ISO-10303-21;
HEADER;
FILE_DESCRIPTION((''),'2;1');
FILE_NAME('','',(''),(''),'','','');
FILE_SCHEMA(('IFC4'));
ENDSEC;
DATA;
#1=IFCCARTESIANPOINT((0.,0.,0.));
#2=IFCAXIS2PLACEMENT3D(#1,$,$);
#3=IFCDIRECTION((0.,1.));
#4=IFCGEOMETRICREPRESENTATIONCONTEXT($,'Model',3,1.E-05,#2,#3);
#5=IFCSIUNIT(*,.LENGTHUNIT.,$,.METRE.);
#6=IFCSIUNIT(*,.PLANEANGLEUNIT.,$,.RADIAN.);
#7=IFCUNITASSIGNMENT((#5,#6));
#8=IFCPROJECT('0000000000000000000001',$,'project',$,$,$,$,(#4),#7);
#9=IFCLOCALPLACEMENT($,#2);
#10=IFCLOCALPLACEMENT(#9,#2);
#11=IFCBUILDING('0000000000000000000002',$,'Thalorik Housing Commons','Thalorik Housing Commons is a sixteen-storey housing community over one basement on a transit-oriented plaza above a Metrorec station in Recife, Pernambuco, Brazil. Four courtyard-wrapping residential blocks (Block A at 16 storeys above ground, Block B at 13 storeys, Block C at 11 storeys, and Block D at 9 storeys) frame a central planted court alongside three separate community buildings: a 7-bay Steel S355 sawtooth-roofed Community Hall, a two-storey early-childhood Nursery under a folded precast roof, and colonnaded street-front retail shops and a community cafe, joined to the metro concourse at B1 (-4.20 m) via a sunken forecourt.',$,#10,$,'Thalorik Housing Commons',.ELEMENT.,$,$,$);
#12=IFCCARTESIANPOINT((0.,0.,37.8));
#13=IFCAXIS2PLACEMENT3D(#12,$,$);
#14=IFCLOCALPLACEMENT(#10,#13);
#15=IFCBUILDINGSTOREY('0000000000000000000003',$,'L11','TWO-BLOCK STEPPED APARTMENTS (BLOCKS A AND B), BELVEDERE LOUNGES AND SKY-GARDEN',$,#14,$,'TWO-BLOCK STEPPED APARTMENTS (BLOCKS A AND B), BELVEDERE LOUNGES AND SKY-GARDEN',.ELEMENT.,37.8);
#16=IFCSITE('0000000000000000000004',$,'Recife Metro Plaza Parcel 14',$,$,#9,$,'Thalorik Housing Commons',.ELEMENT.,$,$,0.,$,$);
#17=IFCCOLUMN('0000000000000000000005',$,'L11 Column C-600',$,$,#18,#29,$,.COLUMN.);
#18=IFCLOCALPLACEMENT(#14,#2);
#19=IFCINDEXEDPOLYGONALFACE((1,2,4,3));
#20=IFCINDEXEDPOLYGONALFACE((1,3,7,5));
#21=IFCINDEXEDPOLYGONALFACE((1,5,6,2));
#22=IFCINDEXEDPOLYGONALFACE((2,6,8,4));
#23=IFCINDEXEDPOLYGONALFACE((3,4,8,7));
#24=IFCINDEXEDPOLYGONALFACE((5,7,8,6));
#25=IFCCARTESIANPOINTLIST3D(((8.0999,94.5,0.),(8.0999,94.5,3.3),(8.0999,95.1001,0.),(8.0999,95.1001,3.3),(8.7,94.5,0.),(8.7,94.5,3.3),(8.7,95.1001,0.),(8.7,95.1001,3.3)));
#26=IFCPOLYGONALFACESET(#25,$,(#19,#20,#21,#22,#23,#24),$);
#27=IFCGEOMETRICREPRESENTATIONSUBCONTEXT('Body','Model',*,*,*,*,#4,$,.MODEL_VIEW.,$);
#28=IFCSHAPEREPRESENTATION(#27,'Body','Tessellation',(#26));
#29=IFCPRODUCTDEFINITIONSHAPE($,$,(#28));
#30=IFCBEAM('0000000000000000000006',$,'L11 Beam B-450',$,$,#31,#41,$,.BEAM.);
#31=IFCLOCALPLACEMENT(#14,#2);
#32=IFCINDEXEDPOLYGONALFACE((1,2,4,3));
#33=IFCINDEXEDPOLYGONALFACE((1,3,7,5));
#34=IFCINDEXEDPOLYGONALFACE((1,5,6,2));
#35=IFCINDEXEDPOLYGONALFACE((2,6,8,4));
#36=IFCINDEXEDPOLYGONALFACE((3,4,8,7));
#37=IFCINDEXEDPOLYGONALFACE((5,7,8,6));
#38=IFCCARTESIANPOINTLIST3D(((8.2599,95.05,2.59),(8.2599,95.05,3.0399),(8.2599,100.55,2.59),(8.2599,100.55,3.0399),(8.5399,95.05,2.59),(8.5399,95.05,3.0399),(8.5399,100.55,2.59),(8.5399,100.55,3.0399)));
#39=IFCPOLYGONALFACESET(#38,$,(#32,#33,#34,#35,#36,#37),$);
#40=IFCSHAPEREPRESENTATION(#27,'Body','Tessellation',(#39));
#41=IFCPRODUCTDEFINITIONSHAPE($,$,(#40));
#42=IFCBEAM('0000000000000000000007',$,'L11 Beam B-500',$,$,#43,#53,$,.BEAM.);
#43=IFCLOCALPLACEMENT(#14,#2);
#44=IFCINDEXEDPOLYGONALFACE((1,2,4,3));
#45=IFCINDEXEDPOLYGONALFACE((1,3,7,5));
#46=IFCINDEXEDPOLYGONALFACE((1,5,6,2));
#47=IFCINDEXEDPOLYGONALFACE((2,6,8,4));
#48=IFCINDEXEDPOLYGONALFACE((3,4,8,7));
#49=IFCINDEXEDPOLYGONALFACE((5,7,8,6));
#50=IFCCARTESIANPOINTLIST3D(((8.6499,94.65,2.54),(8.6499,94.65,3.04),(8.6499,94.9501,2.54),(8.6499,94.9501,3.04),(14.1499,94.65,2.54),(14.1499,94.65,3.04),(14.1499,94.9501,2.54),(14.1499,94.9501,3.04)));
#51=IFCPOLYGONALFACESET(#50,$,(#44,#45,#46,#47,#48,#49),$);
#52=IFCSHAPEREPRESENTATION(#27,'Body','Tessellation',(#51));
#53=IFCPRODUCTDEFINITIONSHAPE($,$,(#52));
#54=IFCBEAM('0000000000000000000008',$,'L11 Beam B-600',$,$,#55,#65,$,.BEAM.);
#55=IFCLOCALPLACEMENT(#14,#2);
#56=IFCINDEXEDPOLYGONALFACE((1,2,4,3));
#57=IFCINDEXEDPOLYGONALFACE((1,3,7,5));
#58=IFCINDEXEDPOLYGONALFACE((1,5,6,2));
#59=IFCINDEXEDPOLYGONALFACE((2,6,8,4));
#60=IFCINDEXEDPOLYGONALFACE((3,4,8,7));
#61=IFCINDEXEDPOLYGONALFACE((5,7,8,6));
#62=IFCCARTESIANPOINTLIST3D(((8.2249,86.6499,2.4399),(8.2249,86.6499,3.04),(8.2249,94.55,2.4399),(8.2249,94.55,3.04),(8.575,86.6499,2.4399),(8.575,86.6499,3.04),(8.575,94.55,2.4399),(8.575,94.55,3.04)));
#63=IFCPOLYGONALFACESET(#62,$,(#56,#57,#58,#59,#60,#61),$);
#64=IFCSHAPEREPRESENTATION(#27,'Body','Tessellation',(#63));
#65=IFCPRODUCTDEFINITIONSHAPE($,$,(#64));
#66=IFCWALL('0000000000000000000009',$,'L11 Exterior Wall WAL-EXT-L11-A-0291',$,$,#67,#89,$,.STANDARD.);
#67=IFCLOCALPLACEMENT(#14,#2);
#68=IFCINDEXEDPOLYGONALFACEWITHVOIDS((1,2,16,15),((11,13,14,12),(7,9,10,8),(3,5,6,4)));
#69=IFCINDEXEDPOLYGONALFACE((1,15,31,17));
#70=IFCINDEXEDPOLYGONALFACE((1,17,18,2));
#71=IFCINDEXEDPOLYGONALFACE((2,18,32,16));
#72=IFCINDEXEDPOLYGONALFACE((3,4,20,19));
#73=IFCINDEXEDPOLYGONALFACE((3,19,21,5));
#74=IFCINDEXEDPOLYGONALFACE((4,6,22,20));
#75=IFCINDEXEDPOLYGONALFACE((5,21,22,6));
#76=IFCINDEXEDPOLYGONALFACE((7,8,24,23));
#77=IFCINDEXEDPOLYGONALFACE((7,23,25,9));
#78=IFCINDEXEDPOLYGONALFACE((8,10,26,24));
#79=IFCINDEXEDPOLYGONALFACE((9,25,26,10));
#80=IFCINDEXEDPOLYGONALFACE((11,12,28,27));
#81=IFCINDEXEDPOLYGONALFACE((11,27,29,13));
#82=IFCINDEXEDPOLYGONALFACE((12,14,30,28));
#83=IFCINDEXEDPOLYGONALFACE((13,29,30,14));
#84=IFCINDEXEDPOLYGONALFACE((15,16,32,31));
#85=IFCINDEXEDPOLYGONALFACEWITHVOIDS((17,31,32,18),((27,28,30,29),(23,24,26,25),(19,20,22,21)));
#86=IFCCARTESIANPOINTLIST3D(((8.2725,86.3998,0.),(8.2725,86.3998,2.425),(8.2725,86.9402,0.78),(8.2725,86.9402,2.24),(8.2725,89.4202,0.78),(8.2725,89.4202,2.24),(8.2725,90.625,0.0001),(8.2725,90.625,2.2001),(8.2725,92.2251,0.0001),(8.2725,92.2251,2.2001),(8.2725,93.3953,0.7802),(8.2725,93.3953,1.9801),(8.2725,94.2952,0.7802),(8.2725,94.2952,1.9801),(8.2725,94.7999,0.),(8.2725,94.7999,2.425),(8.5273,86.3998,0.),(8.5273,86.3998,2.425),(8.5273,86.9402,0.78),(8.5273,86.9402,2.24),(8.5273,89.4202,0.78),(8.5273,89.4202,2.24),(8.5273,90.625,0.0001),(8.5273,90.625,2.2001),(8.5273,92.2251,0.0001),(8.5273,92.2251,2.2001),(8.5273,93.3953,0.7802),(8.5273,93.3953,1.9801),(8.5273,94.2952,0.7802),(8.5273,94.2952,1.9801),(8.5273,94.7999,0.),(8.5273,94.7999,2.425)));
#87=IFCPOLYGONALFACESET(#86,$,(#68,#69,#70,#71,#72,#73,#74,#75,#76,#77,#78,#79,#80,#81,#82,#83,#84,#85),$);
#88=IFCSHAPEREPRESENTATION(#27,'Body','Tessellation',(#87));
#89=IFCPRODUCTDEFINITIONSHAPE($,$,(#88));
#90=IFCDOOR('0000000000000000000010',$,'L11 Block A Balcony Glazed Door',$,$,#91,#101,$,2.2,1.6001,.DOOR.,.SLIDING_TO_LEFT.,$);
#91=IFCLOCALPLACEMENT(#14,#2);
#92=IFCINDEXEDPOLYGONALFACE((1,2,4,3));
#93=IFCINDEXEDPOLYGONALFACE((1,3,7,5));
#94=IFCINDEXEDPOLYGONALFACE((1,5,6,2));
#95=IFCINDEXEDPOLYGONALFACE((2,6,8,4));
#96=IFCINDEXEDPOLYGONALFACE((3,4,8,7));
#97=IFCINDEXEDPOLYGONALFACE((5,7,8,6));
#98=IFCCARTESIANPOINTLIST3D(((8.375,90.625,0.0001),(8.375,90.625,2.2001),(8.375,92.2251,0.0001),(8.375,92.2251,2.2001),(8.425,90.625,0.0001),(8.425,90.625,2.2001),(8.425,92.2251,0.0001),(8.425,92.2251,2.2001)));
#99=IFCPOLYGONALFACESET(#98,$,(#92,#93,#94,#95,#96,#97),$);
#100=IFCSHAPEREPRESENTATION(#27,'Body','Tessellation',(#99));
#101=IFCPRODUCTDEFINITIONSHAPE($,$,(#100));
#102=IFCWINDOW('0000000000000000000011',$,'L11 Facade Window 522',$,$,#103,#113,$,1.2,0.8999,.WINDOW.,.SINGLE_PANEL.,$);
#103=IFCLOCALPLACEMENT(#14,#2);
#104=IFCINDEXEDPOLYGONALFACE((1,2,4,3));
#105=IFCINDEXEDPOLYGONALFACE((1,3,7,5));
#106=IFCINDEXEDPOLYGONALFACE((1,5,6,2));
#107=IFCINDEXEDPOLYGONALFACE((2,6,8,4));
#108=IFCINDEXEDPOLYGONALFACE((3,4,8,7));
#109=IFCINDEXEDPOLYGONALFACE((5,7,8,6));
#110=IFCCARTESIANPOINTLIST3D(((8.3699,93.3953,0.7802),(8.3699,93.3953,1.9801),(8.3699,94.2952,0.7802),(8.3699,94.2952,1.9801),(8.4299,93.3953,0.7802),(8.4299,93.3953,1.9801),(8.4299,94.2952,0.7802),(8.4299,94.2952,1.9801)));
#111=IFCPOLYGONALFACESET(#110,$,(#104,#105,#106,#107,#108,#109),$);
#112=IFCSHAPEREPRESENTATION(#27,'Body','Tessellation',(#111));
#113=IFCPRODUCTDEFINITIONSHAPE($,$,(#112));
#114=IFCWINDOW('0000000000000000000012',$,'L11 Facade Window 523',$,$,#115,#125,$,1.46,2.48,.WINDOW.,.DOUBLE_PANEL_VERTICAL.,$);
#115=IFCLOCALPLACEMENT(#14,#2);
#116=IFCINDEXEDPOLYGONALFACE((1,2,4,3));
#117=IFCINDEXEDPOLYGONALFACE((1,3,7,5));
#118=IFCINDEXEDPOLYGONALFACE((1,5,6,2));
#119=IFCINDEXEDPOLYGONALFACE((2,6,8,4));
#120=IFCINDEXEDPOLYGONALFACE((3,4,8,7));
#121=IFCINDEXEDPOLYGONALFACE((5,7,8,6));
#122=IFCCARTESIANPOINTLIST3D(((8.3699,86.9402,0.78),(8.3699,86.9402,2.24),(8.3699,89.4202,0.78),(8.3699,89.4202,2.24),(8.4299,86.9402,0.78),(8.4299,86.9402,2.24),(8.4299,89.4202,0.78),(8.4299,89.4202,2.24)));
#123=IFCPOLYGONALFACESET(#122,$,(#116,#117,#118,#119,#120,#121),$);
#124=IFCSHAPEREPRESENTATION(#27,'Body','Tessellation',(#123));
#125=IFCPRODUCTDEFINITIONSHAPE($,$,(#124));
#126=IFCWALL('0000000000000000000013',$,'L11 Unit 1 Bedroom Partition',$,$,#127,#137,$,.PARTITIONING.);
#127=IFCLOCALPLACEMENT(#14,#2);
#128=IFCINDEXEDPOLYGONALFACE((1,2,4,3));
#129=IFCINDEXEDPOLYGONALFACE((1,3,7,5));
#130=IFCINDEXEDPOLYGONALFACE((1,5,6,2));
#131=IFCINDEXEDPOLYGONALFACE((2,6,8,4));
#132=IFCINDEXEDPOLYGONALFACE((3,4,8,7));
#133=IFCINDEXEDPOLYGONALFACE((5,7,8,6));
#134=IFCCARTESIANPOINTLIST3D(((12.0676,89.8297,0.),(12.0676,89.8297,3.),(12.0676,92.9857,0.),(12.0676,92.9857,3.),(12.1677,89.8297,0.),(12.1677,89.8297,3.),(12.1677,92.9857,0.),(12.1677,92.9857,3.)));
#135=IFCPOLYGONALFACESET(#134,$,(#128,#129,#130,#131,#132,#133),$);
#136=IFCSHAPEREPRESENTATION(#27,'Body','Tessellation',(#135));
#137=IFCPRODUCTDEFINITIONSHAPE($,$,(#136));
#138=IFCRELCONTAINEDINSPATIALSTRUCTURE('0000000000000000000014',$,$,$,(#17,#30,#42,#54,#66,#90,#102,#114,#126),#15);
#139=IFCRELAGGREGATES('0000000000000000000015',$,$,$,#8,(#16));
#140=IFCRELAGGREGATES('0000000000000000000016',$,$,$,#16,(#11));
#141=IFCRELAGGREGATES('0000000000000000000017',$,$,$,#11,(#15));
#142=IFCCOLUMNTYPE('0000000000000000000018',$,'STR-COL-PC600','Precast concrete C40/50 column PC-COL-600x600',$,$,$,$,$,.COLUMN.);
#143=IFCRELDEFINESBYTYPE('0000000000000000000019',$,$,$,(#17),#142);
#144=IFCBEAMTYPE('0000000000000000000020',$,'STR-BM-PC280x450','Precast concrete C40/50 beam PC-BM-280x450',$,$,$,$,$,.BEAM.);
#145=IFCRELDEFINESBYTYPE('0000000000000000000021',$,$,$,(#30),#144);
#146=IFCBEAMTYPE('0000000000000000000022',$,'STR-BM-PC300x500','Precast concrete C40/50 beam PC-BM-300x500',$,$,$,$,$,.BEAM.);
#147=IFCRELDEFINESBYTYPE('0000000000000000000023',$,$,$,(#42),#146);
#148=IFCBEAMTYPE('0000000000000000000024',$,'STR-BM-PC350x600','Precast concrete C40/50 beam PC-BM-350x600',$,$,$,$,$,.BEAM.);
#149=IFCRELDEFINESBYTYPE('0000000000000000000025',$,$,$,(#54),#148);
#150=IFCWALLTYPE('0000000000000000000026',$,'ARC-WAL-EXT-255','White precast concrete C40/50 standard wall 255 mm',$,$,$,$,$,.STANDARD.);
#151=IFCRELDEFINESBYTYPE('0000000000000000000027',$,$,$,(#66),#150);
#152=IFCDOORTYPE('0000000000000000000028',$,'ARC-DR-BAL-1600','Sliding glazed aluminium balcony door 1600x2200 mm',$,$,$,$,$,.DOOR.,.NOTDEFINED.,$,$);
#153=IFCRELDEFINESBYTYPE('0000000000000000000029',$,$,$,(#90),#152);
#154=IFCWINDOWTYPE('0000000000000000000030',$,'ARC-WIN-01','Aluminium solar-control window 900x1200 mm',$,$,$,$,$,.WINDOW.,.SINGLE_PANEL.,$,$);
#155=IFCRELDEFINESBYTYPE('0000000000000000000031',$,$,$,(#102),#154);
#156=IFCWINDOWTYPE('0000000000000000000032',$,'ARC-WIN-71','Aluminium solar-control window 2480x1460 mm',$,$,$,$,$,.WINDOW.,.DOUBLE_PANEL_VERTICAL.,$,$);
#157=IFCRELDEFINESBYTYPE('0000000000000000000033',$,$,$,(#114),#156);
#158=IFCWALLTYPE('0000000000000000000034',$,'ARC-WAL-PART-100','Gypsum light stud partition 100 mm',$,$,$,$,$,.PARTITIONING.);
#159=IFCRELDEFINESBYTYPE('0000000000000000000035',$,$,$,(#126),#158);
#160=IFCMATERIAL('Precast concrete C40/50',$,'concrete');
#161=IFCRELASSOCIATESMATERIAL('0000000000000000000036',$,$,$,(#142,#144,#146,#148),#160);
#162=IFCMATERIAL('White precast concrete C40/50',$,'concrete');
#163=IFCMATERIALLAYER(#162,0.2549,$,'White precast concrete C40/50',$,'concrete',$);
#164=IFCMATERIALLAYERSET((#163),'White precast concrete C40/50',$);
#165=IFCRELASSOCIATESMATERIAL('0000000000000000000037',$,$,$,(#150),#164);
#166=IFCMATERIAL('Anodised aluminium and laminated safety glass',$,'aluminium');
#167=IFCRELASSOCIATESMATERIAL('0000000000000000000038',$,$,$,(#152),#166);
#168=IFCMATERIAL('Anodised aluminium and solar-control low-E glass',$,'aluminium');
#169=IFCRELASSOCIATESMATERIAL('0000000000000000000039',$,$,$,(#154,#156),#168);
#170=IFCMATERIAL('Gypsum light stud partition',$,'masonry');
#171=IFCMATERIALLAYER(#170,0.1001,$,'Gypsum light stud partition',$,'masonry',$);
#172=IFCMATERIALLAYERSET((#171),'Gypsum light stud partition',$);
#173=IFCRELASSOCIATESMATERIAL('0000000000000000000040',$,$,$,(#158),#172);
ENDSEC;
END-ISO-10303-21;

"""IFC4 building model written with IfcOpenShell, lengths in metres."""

from ifc_helpers import new_model, si_unit, direction, frame, frame_2d, origin, origin_2d, place, context, subcontext, project, spatial, rectangle, extrude, material, layer, layer_set, material_profile, profile_set, type_object, element, fill, save


model = new_model("IFC4")

# Units and contexts
model_context = context("Model", 3, precision=1e-05, world=origin(), true_north=direction((0.0, 1.0)))
body_context = subcontext(model_context, "Body", "Model", "MODEL_VIEW")
ifc_project = project(units=[si_unit("LENGTHUNIT", "METRE"), si_unit("PLANEANGLEUNIT", "RADIAN")], contexts=[model_context])

# Site, building, storey
site_placement = place(None, origin())
site = spatial("IfcSite", under=ifc_project, at=site_placement, Name="Recife Metro Plaza Parcel 14", LongName="Thalorik Housing Commons", CompositionType="ELEMENT", RefElevation=0.0)
building_placement = place(site_placement, origin())
building = spatial("IfcBuilding", under=site, at=building_placement, Name="Thalorik Housing Commons", Description="Thalorik Housing Commons is a sixteen-storey housing community over one basement on a transit-oriented plaza above a Metrorec station in Recife, Pernambuco, Brazil. Four courtyard-wrapping residential blocks (Block A at 16 storeys above ground, Block B at 13 storeys, Block C at 11 storeys, and Block D at 9 storeys) frame a central planted court alongside three separate community buildings: a 7-bay Steel S355 sawtooth-roofed Community Hall, a two-storey early-childhood Nursery under a folded precast roof, and colonnaded street-front retail shops and a community cafe, joined to the metro concourse at B1 (-4.20 m) via a sunken forecourt.", LongName="Thalorik Housing Commons", CompositionType="ELEMENT")
storey_placement = place(building_placement, frame((0.0, 0.0, 37.8)))
storey = spatial("IfcBuildingStorey", under=building, at=storey_placement, Name="L11", Description="TWO-BLOCK STEPPED APARTMENTS (BLOCKS A AND B), BELVEDERE LOUNGES AND SKY-GARDEN", LongName="TWO-BLOCK STEPPED APARTMENTS (BLOCKS A AND B), BELVEDERE LOUNGES AND SKY-GARDEN", CompositionType="ELEMENT", Elevation=37.8)

# Column
ifc_material_1 = material(Name="Precast concrete C40/50", Category="concrete")
ifc_material_profile_1 = material_profile(ifc_material_1, rectangle(XDim=0.6001, YDim=0.6001, at=origin_2d()), Name="PC 600x600", Category="concrete")
ifc_profile_set_1 = profile_set([ifc_material_profile_1], Name="Precast concrete C40/50")
column_type = type_object("IfcColumnType", Name="STR-COL-PC600", Description="Precast concrete C40/50 column PC-COL-600x600", PredefinedType="COLUMN", material=ifc_profile_set_1)
column_placement = place(storey_placement, frame((8.3999, 94.8, 0.0), z_axis=(0.0, 0.0, 1.0), x_axis=(1.0, 0.0, 0.0)))
element("IfcColumn", 1, at=column_placement, inside=storey, type_object=column_type, Name="L11 Column C-600", PredefinedType="COLUMN", context=body_context, shape_type="SweptSolid", body=[
    extrude(rectangle(XDim=0.6001, YDim=0.6001, at=origin_2d()), origin(), (0.0, 0.0, 1.0), 3.3),
])

# Beams
ifc_material_profile_2 = material_profile(ifc_material_1, rectangle(XDim=0.28, YDim=0.45, at=origin_2d()), Name="PC 280x450", Category="concrete")
ifc_profile_set_2 = profile_set([ifc_material_profile_2], Name="Precast concrete C40/50")
beam_type_1 = type_object("IfcBeamType", Name="STR-BM-PC280x450", Description="Precast concrete C40/50 beam PC-BM-280x450", PredefinedType="BEAM", material=ifc_profile_set_2)
beam_1_placement = place(storey_placement, frame((8.3999, 95.05, 2.8149), z_axis=(0.0, 1.0, 0.0), x_axis=(-1.0, 0.0, 0.0)))
element("IfcBeam", 2, at=beam_1_placement, inside=storey, type_object=beam_type_1, Name="L11 Beam B-450", PredefinedType="BEAM", context=body_context, shape_type="SweptSolid", body=[
    extrude(rectangle(XDim=0.28, YDim=0.45, at=origin_2d()), origin(), (0.0, 0.0, 1.0), 5.5),
])
ifc_material_profile_3 = material_profile(ifc_material_1, rectangle(XDim=0.3, YDim=0.5, at=origin_2d()), Name="PC 300x500", Category="concrete")
ifc_profile_set_3 = profile_set([ifc_material_profile_3], Name="Precast concrete C40/50")
beam_type_2 = type_object("IfcBeamType", Name="STR-BM-PC300x500", Description="Precast concrete C40/50 beam PC-BM-300x500", PredefinedType="BEAM", material=ifc_profile_set_3)
beam_2_placement = place(storey_placement, frame((8.6499, 94.8, 2.79), z_axis=(1.0, 0.0, 0.0), x_axis=(0.0, 1.0, 0.0)))
element("IfcBeam", 3, at=beam_2_placement, inside=storey, type_object=beam_type_2, Name="L11 Beam B-500", PredefinedType="BEAM", context=body_context, shape_type="SweptSolid", body=[
    extrude(rectangle(XDim=0.3, YDim=0.5, at=origin_2d()), origin(), (0.0, 0.0, 1.0), 5.5),
])
ifc_material_profile_4 = material_profile(ifc_material_1, rectangle(XDim=0.3501, YDim=0.6001, at=origin_2d()), Name="PC 350x600", Category="concrete")
ifc_profile_set_4 = profile_set([ifc_material_profile_4], Name="Precast concrete C40/50")
beam_type_3 = type_object("IfcBeamType", Name="STR-BM-PC350x600", Description="Precast concrete C40/50 beam PC-BM-350x600", PredefinedType="BEAM", material=ifc_profile_set_4)
beam_3_placement = place(storey_placement, frame((8.3999, 86.6499, 2.74), z_axis=(0.0, 1.0, 0.0), x_axis=(-1.0, 0.0, 0.0)))
element("IfcBeam", 4, at=beam_3_placement, inside=storey, type_object=beam_type_3, Name="L11 Beam B-600", PredefinedType="BEAM", context=body_context, shape_type="SweptSolid", body=[
    extrude(rectangle(XDim=0.3501, YDim=0.6001, at=origin_2d()), origin(), (0.0, 0.0, 1.0), 7.9001),
])

# Wall, openings, door, windows
ifc_material_2 = material(Name="White precast concrete C40/50", Category="concrete")
ifc_layer_1 = layer(ifc_material_2, 0.2549, Name="White precast concrete C40/50", Category="concrete")
ifc_layer_set_1 = layer_set([ifc_layer_1], Name="White precast concrete C40/50")
wall_type_1 = type_object("IfcWallType", Name="ARC-WAL-EXT-255", Description="White precast concrete C40/50 standard wall 255 mm", PredefinedType="STANDARD", material=ifc_layer_set_1)
wall_1_placement = place(storey_placement, frame((8.3999, 94.8, 0.0), z_axis=(0.0, 0.0, 1.0), x_axis=(0.0, -1.0, 0.0)))
wall_1 = element("IfcWall", 5, at=wall_1_placement, inside=storey, type_object=wall_type_1, Name="L11 Exterior Wall WAL-EXT-L11-A-0291", PredefinedType="STANDARD", context=body_context, shape_type="SweptSolid", body=[
    extrude(rectangle(XDim=8.4001, YDim=0.2549, at=frame_2d((4.2002, 0.0))), origin(), (0.0, 0.0, 1.0), 2.425),
])
opening_1_placement = place(wall_1_placement, frame((2.575, 0.0, 0.0)))
opening_1 = element("IfcOpeningElement", 6, at=opening_1_placement, cuts=wall_1, PredefinedType="OPENING", context=body_context, shape_type="SweptSolid", body=[
    extrude(rectangle(XDim=1.6001, YDim=2.2, at=frame_2d((0.8, 1.1001))), frame((0.0, 0.1375, 0.0), z_axis=(0.0, -1.0, 0.0), x_axis=(1.0, 0.0, 0.0)), (0.0, 0.0, 1.0), 0.2749),
])
opening_2_placement = place(wall_1_placement, frame((0.5049, 0.0, 0.78)))
opening_2 = element("IfcOpeningElement", 7, at=opening_2_placement, cuts=wall_1, PredefinedType="OPENING", context=body_context, shape_type="SweptSolid", body=[
    extrude(rectangle(XDim=0.8999, YDim=1.2, at=frame_2d((0.45, 0.6001))), frame((0.0, 0.1375, 0.0), z_axis=(0.0, -1.0, 0.0), x_axis=(1.0, 0.0, 0.0)), (0.0, 0.0, 1.0), 0.2749),
])
opening_3_placement = place(wall_1_placement, frame((5.3799, 0.0, 0.78)))
opening_3 = element("IfcOpeningElement", 8, at=opening_3_placement, cuts=wall_1, PredefinedType="OPENING", context=body_context, shape_type="SweptSolid", body=[
    extrude(rectangle(XDim=2.48, YDim=1.46, at=frame_2d((1.24, 0.73))), frame((0.0, 0.1375, 0.0), z_axis=(0.0, -1.0, 0.0), x_axis=(1.0, 0.0, 0.0)), (0.0, 0.0, 1.0), 0.2749),
])
ifc_material_3 = material(Name="Anodised aluminium and laminated safety glass", Category="aluminium")
door_type_1 = type_object("IfcDoorType", Name="ARC-DR-BAL-1600", Description="Sliding glazed aluminium balcony door 1600x2200 mm", OperationType="NOTDEFINED", PredefinedType="DOOR", material=ifc_material_3)
door_1_placement = place(opening_1_placement, frame((1.6001, 0.0, 0.0), z_axis=(0.0, 0.0, 1.0), x_axis=(-1.0, 0.0, 0.0)))
door_1 = element("IfcDoor", 9, at=door_1_placement, inside=storey, type_object=door_type_1, Name="L11 Block A Balcony Glazed Door", OperationType="SLIDING_TO_LEFT", OverallHeight=2.2, OverallWidth=1.6001, PredefinedType="DOOR", context=body_context, shape_type="SweptSolid", body=[
    extrude(rectangle(XDim=1.6001, YDim=2.2, at=frame_2d((0.8, 1.1001))), frame((0.0, 0.0249, 0.0), z_axis=(0.0, -1.0, 0.0), x_axis=(1.0, 0.0, 0.0)), (0.0, 0.0, 1.0), 0.05),
])
fill(opening_1, door_1)
ifc_material_4 = material(Name="Anodised aluminium and solar-control low-E glass", Category="aluminium")
window_type_1 = type_object("IfcWindowType", Name="ARC-WIN-01", Description="Aluminium solar-control window 900x1200 mm", PartitioningType="SINGLE_PANEL", PredefinedType="WINDOW", material=ifc_material_4)
window_1_placement = place(opening_2_placement, origin())
window_1 = element("IfcWindow", 10, at=window_1_placement, inside=storey, type_object=window_type_1, Name="L11 Facade Window 522", OverallHeight=1.2, OverallWidth=0.8999, PartitioningType="SINGLE_PANEL", PredefinedType="WINDOW", context=body_context, shape_type="SweptSolid", body=[
    extrude(rectangle(XDim=0.8999, YDim=1.2, at=frame_2d((0.45, 0.6001))), frame((0.0, 0.03, 0.0), z_axis=(0.0, -1.0, 0.0), x_axis=(1.0, 0.0, 0.0)), (0.0, 0.0, 1.0), 0.0601),
])
fill(opening_2, window_1)
window_type_2 = type_object("IfcWindowType", Name="ARC-WIN-71", Description="Aluminium solar-control window 2480x1460 mm", PartitioningType="DOUBLE_PANEL_VERTICAL", PredefinedType="WINDOW", material=ifc_material_4)
window_2_placement = place(opening_3_placement, origin())
window_2 = element("IfcWindow", 11, at=window_2_placement, inside=storey, type_object=window_type_2, Name="L11 Facade Window 523", OverallHeight=1.46, OverallWidth=2.48, PartitioningType="DOUBLE_PANEL_VERTICAL", PredefinedType="WINDOW", context=body_context, shape_type="SweptSolid", body=[
    extrude(rectangle(XDim=2.48, YDim=1.46, at=frame_2d((1.24, 0.73))), frame((0.0, 0.03, 0.0), z_axis=(0.0, -1.0, 0.0), x_axis=(1.0, 0.0, 0.0)), (0.0, 0.0, 1.0), 0.0601),
])
fill(opening_3, window_2)

# Wall
ifc_material_5 = material(Name="Gypsum light stud partition", Category="masonry")
ifc_layer_2 = layer(ifc_material_5, 0.1001, Name="Gypsum light stud partition", Category="masonry")
ifc_layer_set_2 = layer_set([ifc_layer_2], Name="Gypsum light stud partition")
wall_type_2 = type_object("IfcWallType", Name="ARC-WAL-PART-100", Description="Gypsum light stud partition 100 mm", PredefinedType="PARTITIONING", material=ifc_layer_set_2)
wall_2_placement = place(storey_placement, frame((12.1177, 89.8296, 0.0), z_axis=(0.0, 0.0, 1.0), x_axis=(0.0, 1.0, 0.0)))
element("IfcWall", 12, at=wall_2_placement, inside=storey, type_object=wall_type_2, Name="L11 Unit 1 Bedroom Partition", PredefinedType="PARTITIONING", context=body_context, shape_type="SweptSolid", body=[
    extrude(rectangle(XDim=3.156, YDim=0.1001, at=frame_2d((1.5781, 0.0))), origin(), (0.0, 0.0, 1.0), 3.0),
])

save(model, "model.ifc")
